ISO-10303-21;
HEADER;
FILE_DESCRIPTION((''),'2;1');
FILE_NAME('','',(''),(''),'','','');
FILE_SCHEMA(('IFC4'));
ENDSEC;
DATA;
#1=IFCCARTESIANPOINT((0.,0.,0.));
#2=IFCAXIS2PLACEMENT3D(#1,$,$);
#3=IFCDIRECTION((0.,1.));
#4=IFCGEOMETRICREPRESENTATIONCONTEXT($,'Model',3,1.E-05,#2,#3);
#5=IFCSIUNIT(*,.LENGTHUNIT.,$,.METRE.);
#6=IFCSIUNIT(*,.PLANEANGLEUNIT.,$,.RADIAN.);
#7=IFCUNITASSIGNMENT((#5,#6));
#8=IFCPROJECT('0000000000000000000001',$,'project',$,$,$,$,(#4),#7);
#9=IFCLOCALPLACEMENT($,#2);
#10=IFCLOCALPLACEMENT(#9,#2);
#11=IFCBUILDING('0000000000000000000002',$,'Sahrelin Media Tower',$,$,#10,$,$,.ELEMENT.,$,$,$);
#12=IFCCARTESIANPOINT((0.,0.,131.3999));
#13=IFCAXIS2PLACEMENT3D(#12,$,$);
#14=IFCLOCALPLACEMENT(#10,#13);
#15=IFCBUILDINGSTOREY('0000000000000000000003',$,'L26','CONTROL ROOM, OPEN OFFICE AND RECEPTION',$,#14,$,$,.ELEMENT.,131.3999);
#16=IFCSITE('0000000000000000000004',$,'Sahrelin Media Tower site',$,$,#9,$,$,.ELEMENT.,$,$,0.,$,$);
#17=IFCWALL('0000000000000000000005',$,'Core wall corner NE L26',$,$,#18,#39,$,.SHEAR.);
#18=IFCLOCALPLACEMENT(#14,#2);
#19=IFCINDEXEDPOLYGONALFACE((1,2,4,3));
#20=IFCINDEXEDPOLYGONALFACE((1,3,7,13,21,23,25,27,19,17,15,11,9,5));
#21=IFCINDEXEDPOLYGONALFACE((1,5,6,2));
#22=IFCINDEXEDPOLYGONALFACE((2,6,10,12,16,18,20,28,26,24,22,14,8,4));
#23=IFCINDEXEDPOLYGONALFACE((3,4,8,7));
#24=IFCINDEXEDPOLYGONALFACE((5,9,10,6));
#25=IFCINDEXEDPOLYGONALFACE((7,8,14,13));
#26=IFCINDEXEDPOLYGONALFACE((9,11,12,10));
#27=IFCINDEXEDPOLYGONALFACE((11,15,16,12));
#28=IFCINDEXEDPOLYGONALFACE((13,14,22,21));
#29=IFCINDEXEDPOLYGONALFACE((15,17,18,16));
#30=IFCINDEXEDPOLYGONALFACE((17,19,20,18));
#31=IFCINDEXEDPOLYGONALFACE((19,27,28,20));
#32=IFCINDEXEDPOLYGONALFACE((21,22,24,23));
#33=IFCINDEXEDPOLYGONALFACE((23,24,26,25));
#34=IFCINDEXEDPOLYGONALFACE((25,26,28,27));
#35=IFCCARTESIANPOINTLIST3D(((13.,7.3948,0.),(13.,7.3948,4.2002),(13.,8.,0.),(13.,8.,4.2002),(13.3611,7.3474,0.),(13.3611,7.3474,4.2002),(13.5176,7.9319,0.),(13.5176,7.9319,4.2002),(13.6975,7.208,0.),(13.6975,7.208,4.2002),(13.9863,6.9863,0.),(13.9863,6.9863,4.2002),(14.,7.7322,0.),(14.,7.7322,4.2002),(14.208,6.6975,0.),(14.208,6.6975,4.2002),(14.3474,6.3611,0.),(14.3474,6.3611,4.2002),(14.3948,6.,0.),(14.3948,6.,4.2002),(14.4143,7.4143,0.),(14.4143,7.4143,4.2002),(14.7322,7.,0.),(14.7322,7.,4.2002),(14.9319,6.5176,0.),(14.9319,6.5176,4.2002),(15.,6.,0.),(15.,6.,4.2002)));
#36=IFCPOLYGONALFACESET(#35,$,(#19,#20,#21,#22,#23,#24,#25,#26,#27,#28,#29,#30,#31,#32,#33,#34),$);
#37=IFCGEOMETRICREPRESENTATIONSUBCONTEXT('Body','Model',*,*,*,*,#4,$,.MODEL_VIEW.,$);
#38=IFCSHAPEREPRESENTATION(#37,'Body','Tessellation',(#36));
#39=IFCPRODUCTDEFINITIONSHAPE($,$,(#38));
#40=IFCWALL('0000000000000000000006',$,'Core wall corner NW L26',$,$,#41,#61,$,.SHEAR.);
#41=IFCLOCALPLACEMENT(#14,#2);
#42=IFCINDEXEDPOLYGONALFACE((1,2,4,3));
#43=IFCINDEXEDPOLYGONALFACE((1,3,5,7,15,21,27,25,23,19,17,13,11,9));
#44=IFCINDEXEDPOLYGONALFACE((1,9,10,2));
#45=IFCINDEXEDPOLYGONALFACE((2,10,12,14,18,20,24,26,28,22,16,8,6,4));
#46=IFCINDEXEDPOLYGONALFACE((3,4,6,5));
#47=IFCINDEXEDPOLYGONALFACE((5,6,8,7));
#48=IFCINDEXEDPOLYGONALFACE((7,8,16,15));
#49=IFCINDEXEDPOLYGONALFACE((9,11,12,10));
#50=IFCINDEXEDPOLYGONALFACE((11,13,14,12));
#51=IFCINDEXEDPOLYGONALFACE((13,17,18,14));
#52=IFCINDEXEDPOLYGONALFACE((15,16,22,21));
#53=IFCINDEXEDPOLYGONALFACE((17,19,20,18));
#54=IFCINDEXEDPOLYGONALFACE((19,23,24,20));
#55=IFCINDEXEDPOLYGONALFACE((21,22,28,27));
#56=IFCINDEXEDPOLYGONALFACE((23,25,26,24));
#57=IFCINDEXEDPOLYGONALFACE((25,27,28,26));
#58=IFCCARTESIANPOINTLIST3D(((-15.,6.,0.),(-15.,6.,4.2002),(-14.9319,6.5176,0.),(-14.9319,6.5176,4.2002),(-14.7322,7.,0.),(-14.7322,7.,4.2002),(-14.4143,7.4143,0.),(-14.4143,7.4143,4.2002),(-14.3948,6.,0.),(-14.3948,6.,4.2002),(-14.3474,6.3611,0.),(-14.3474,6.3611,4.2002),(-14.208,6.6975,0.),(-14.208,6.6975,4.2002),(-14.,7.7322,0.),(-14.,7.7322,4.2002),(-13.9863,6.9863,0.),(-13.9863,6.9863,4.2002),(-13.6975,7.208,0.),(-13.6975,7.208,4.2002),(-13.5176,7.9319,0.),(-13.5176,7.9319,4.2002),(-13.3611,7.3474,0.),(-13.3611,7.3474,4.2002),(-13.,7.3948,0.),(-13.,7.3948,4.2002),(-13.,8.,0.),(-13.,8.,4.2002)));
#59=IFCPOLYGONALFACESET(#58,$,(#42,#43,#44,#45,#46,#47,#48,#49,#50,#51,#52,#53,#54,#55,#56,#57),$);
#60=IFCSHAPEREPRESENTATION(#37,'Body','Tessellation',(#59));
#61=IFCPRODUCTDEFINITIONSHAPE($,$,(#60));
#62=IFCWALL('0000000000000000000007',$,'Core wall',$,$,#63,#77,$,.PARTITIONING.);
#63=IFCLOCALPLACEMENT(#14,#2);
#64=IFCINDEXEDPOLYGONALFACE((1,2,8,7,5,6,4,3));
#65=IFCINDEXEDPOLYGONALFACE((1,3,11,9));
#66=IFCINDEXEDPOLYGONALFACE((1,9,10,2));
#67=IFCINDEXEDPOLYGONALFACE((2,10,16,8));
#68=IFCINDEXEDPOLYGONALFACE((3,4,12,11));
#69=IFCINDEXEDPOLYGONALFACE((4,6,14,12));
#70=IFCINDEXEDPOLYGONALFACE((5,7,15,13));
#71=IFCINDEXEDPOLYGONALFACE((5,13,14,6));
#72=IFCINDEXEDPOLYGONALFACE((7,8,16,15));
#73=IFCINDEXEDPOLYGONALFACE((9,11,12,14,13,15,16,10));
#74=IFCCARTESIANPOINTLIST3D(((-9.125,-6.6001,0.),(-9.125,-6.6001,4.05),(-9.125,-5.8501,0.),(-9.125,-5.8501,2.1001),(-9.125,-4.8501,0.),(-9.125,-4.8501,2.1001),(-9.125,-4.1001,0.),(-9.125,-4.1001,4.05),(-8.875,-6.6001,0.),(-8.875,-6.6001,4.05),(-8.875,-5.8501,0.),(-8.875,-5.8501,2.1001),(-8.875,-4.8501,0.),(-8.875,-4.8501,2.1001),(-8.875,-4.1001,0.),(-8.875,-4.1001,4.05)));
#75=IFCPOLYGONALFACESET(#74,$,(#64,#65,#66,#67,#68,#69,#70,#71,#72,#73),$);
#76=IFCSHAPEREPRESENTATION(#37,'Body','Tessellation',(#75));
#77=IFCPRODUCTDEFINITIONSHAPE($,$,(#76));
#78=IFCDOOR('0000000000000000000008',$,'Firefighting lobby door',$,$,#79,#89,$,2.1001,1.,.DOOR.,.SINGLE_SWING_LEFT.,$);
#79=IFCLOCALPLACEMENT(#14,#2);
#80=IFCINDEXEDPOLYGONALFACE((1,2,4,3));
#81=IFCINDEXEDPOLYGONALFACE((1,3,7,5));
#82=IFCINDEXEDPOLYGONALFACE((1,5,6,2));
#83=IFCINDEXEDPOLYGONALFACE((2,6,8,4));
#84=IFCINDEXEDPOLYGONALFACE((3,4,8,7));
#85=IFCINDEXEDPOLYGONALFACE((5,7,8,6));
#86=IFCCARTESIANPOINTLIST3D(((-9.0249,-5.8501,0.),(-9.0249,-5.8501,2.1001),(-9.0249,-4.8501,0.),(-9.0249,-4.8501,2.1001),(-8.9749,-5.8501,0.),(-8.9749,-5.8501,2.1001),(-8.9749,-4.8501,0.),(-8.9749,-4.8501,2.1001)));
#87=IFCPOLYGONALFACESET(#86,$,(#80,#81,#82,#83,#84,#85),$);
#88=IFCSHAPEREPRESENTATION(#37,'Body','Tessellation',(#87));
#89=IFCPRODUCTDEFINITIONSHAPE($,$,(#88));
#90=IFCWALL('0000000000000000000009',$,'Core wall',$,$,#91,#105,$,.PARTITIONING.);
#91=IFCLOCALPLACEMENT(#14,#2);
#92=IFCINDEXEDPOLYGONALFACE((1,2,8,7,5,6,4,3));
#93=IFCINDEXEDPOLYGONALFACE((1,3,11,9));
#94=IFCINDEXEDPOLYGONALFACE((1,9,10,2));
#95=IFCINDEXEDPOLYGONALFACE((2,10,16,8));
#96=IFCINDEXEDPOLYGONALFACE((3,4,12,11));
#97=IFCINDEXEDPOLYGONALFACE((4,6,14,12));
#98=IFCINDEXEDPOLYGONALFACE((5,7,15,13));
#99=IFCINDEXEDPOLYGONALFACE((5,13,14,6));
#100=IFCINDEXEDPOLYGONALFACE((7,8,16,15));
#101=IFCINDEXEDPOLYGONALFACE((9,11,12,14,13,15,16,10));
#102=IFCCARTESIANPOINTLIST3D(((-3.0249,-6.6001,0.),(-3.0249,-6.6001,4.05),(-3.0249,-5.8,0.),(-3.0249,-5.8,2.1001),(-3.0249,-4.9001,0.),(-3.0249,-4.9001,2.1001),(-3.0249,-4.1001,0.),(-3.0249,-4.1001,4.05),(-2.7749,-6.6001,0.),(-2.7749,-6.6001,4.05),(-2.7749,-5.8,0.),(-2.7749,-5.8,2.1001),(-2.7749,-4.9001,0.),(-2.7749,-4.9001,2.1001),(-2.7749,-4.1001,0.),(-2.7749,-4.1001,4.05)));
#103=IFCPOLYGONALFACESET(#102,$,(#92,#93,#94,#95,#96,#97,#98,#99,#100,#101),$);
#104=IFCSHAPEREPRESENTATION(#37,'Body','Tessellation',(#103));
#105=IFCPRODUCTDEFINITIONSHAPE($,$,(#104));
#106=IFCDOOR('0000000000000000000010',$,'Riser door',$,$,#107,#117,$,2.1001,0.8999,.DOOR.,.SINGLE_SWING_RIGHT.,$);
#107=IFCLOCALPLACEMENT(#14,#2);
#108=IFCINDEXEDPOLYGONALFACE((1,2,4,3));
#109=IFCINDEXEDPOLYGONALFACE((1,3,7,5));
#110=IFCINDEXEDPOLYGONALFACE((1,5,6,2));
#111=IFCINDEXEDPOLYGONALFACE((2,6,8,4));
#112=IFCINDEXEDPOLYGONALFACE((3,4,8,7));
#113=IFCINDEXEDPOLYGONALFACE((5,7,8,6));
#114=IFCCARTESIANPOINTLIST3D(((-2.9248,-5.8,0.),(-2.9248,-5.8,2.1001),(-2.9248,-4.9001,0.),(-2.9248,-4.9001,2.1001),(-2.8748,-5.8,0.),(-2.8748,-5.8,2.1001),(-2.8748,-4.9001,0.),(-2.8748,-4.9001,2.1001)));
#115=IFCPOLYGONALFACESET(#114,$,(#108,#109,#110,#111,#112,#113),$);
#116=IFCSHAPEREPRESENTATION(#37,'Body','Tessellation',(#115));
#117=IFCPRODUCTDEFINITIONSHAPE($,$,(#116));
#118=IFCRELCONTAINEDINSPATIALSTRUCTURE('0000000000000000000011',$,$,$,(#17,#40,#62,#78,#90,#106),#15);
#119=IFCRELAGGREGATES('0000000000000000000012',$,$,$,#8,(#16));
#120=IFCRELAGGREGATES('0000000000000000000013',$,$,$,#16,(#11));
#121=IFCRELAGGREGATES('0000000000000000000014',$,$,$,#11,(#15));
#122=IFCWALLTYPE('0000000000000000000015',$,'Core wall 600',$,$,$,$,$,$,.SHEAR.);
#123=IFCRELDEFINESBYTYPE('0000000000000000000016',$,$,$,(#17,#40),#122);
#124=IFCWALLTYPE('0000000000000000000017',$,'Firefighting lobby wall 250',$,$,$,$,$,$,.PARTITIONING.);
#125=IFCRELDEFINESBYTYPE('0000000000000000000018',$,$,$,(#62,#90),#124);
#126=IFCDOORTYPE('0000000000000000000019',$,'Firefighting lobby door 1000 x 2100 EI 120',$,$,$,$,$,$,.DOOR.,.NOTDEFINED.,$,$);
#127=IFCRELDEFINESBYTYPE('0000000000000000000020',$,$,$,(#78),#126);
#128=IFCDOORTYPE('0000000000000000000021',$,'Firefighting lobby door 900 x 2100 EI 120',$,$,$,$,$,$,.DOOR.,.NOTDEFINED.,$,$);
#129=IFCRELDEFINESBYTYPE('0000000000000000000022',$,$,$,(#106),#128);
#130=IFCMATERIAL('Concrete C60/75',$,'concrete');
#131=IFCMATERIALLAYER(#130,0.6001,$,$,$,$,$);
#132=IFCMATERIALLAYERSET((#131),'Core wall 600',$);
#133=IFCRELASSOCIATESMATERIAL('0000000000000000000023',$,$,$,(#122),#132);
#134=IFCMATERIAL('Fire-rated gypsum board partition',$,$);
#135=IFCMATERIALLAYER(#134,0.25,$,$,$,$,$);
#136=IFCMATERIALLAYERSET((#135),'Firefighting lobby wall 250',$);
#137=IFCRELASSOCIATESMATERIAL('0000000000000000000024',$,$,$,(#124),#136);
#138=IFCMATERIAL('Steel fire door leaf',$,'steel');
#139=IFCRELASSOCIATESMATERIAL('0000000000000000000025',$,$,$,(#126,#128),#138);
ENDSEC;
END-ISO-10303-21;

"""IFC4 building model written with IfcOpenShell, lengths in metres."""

from ifc_helpers import new_model, si_unit, direction, frame, frame_2d, origin, place, context, subcontext, project, spatial, polyline, rectangle, outline, extrude, material, layer, layer_set, type_object, element, fill, save


model = new_model("IFC4")

# Units and contexts
model_context = context("Model", 3, precision=1e-05, world=origin(), true_north=direction((0.0, 1.0)))
body_context = subcontext(model_context, "Body", "Model", "MODEL_VIEW")
ifc_project = project(units=[si_unit("LENGTHUNIT", "METRE"), si_unit("PLANEANGLEUNIT", "RADIAN")], contexts=[model_context])

# Site, building, storey
site_placement = place(None, origin())
site = spatial("IfcSite", under=ifc_project, at=site_placement, Name="Sahrelin Media Tower site", CompositionType="ELEMENT", RefElevation=0.0)
building_placement = place(site_placement, origin())
building = spatial("IfcBuilding", under=site, at=building_placement, Name="Sahrelin Media Tower", CompositionType="ELEMENT")
storey_placement = place(building_placement, frame((0.0, 0.0, 131.3999)))
storey = spatial("IfcBuildingStorey", under=building, at=storey_placement, Name="L26", Description="CONTROL ROOM, OPEN OFFICE AND RECEPTION", CompositionType="ELEMENT", Elevation=131.3999)

# Walls
ifc_material_1 = material(Name="Concrete C60/75", Category="concrete")
ifc_layer_1 = layer(ifc_material_1, 0.6001)
ifc_layer_set_1 = layer_set([ifc_layer_1], Name="Core wall 600")
wall_type_1 = type_object("IfcWallType", Name="Core wall 600", PredefinedType="SHEAR", material=ifc_layer_set_1)
placement = place(storey_placement, origin())
element("IfcWall", 1, at=placement, inside=storey, type_object=wall_type_1, Name="Core wall corner NE L26", PredefinedType="SHEAR", context=body_context, shape_type="SweptSolid", body=[
    extrude(outline(polyline([(13.0, 8.0), (13.0, 7.3948), (13.3611, 7.3474), (13.6975, 7.208), (13.9863, 6.9863), (14.208, 6.6975), (14.3474, 6.3611), (14.3948, 6.0), (15.0, 6.0), (14.9319, 6.5176), (14.7322, 7.0), (14.4143, 7.4143), (14.0, 7.7322), (13.5176, 7.9319), (13.0, 8.0)])), origin(), (0.0, 0.0, 1.0), 4.2002),
])
element("IfcWall", 2, at=placement, inside=storey, type_object=wall_type_1, Name="Core wall corner NW L26", PredefinedType="SHEAR", context=body_context, shape_type="SweptSolid", body=[
    extrude(outline(polyline([(-15.0, 6.0), (-14.3948, 6.0), (-14.3474, 6.3611), (-14.208, 6.6975), (-13.9863, 6.9863), (-13.6975, 7.208), (-13.3611, 7.3474), (-13.0, 7.3948), (-13.0, 8.0), (-13.5176, 7.9319), (-14.0, 7.7322), (-14.4143, 7.4143), (-14.7322, 7.0), (-14.9319, 6.5176), (-15.0, 6.0)])), origin(), (0.0, 0.0, 1.0), 4.2002),
])

# Walls, openings, doors
ifc_material_2 = material(Name="Fire-rated gypsum board partition")
ifc_layer_2 = layer(ifc_material_2, 0.25)
ifc_layer_set_2 = layer_set([ifc_layer_2], Name="Firefighting lobby wall 250")
wall_type_2 = type_object("IfcWallType", Name="Firefighting lobby wall 250", PredefinedType="PARTITIONING", material=ifc_layer_set_2)
wall_1_placement = place(storey_placement, frame((-9.0, -6.6001, 0.0), z_axis=(0.0, 0.0, 1.0), x_axis=(0.0, 1.0, 0.0)))
wall_1 = element("IfcWall", 3, at=wall_1_placement, inside=storey, type_object=wall_type_2, Name="Core wall", PredefinedType="PARTITIONING", context=body_context, shape_type="SweptSolid", body=[
    extrude(rectangle(XDim=2.5, YDim=0.25, at=frame_2d((1.25, 0.0))), origin(), (0.0, 0.0, 1.0), 4.05),
])
opening_1_placement = place(wall_1_placement, frame((0.75, 0.0, 0.0)))
opening_1 = element("IfcOpeningElement", 4, at=opening_1_placement, cuts=wall_1, PredefinedType="OPENING", context=body_context, shape_type="SweptSolid", body=[
    extrude(rectangle(XDim=1.0, YDim=2.1001, at=frame_2d((0.5, 1.05))), frame((0.0, 0.125, 0.0), z_axis=(0.0, -1.0, 0.0), x_axis=(1.0, 0.0, 0.0)), (0.0, 0.0, 1.0), 0.25),
])
ifc_material_3 = material(Name="Steel fire door leaf", Category="steel")
door_type_1 = type_object("IfcDoorType", Name="Firefighting lobby door 1000 x 2100 EI 120", OperationType="NOTDEFINED", PredefinedType="DOOR", material=ifc_material_3)
door_1_placement = place(opening_1_placement, origin())
door_1 = element("IfcDoor", 5, at=door_1_placement, inside=storey, type_object=door_type_1, Name="Firefighting lobby door", OperationType="SINGLE_SWING_LEFT", OverallHeight=2.1001, OverallWidth=1.0, PredefinedType="DOOR", context=body_context, shape_type="SweptSolid", body=[
    extrude(rectangle(XDim=1.0, YDim=2.1001, at=frame_2d((0.5, 1.05))), frame((0.0, 0.0249, 0.0), z_axis=(0.0, -1.0, 0.0), x_axis=(1.0, 0.0, 0.0)), (0.0, 0.0, 1.0), 0.05),
])
fill(opening_1, door_1)
wall_2_placement = place(storey_placement, frame((-2.8999, -6.6001, 0.0), z_axis=(0.0, 0.0, 1.0), x_axis=(0.0, 1.0, 0.0)))
wall_2 = element("IfcWall", 6, at=wall_2_placement, inside=storey, type_object=wall_type_2, Name="Core wall", PredefinedType="PARTITIONING", context=body_context, shape_type="SweptSolid", body=[
    extrude(rectangle(XDim=2.5, YDim=0.25, at=frame_2d((1.25, 0.0))), origin(), (0.0, 0.0, 1.0), 4.05),
])
opening_2_placement = place(wall_2_placement, frame((0.8, 0.0, 0.0)))
opening_2 = element("IfcOpeningElement", 7, at=opening_2_placement, cuts=wall_2, PredefinedType="OPENING", context=body_context, shape_type="SweptSolid", body=[
    extrude(rectangle(XDim=0.8999, YDim=2.1001, at=frame_2d((0.45, 1.05))), frame((0.0, 0.125, 0.0), z_axis=(0.0, -1.0, 0.0), x_axis=(1.0, 0.0, 0.0)), (0.0, 0.0, 1.0), 0.25),
])
door_type_2 = type_object("IfcDoorType", Name="Firefighting lobby door 900 x 2100 EI 120", OperationType="NOTDEFINED", PredefinedType="DOOR", material=ifc_material_3)
door_2_placement = place(opening_2_placement, origin())
door_2 = element("IfcDoor", 8, at=door_2_placement, inside=storey, type_object=door_type_2, Name="Riser door", OperationType="SINGLE_SWING_RIGHT", OverallHeight=2.1001, OverallWidth=0.8999, PredefinedType="DOOR", context=body_context, shape_type="SweptSolid", body=[
    extrude(rectangle(XDim=0.8999, YDim=2.1001, at=frame_2d((0.45, 1.05))), frame((0.0, 0.0249, 0.0), z_axis=(0.0, -1.0, 0.0), x_axis=(1.0, 0.0, 0.0)), (0.0, 0.0, 1.0), 0.05),
])
fill(opening_2, door_2)

save(model, "model.ifc")
